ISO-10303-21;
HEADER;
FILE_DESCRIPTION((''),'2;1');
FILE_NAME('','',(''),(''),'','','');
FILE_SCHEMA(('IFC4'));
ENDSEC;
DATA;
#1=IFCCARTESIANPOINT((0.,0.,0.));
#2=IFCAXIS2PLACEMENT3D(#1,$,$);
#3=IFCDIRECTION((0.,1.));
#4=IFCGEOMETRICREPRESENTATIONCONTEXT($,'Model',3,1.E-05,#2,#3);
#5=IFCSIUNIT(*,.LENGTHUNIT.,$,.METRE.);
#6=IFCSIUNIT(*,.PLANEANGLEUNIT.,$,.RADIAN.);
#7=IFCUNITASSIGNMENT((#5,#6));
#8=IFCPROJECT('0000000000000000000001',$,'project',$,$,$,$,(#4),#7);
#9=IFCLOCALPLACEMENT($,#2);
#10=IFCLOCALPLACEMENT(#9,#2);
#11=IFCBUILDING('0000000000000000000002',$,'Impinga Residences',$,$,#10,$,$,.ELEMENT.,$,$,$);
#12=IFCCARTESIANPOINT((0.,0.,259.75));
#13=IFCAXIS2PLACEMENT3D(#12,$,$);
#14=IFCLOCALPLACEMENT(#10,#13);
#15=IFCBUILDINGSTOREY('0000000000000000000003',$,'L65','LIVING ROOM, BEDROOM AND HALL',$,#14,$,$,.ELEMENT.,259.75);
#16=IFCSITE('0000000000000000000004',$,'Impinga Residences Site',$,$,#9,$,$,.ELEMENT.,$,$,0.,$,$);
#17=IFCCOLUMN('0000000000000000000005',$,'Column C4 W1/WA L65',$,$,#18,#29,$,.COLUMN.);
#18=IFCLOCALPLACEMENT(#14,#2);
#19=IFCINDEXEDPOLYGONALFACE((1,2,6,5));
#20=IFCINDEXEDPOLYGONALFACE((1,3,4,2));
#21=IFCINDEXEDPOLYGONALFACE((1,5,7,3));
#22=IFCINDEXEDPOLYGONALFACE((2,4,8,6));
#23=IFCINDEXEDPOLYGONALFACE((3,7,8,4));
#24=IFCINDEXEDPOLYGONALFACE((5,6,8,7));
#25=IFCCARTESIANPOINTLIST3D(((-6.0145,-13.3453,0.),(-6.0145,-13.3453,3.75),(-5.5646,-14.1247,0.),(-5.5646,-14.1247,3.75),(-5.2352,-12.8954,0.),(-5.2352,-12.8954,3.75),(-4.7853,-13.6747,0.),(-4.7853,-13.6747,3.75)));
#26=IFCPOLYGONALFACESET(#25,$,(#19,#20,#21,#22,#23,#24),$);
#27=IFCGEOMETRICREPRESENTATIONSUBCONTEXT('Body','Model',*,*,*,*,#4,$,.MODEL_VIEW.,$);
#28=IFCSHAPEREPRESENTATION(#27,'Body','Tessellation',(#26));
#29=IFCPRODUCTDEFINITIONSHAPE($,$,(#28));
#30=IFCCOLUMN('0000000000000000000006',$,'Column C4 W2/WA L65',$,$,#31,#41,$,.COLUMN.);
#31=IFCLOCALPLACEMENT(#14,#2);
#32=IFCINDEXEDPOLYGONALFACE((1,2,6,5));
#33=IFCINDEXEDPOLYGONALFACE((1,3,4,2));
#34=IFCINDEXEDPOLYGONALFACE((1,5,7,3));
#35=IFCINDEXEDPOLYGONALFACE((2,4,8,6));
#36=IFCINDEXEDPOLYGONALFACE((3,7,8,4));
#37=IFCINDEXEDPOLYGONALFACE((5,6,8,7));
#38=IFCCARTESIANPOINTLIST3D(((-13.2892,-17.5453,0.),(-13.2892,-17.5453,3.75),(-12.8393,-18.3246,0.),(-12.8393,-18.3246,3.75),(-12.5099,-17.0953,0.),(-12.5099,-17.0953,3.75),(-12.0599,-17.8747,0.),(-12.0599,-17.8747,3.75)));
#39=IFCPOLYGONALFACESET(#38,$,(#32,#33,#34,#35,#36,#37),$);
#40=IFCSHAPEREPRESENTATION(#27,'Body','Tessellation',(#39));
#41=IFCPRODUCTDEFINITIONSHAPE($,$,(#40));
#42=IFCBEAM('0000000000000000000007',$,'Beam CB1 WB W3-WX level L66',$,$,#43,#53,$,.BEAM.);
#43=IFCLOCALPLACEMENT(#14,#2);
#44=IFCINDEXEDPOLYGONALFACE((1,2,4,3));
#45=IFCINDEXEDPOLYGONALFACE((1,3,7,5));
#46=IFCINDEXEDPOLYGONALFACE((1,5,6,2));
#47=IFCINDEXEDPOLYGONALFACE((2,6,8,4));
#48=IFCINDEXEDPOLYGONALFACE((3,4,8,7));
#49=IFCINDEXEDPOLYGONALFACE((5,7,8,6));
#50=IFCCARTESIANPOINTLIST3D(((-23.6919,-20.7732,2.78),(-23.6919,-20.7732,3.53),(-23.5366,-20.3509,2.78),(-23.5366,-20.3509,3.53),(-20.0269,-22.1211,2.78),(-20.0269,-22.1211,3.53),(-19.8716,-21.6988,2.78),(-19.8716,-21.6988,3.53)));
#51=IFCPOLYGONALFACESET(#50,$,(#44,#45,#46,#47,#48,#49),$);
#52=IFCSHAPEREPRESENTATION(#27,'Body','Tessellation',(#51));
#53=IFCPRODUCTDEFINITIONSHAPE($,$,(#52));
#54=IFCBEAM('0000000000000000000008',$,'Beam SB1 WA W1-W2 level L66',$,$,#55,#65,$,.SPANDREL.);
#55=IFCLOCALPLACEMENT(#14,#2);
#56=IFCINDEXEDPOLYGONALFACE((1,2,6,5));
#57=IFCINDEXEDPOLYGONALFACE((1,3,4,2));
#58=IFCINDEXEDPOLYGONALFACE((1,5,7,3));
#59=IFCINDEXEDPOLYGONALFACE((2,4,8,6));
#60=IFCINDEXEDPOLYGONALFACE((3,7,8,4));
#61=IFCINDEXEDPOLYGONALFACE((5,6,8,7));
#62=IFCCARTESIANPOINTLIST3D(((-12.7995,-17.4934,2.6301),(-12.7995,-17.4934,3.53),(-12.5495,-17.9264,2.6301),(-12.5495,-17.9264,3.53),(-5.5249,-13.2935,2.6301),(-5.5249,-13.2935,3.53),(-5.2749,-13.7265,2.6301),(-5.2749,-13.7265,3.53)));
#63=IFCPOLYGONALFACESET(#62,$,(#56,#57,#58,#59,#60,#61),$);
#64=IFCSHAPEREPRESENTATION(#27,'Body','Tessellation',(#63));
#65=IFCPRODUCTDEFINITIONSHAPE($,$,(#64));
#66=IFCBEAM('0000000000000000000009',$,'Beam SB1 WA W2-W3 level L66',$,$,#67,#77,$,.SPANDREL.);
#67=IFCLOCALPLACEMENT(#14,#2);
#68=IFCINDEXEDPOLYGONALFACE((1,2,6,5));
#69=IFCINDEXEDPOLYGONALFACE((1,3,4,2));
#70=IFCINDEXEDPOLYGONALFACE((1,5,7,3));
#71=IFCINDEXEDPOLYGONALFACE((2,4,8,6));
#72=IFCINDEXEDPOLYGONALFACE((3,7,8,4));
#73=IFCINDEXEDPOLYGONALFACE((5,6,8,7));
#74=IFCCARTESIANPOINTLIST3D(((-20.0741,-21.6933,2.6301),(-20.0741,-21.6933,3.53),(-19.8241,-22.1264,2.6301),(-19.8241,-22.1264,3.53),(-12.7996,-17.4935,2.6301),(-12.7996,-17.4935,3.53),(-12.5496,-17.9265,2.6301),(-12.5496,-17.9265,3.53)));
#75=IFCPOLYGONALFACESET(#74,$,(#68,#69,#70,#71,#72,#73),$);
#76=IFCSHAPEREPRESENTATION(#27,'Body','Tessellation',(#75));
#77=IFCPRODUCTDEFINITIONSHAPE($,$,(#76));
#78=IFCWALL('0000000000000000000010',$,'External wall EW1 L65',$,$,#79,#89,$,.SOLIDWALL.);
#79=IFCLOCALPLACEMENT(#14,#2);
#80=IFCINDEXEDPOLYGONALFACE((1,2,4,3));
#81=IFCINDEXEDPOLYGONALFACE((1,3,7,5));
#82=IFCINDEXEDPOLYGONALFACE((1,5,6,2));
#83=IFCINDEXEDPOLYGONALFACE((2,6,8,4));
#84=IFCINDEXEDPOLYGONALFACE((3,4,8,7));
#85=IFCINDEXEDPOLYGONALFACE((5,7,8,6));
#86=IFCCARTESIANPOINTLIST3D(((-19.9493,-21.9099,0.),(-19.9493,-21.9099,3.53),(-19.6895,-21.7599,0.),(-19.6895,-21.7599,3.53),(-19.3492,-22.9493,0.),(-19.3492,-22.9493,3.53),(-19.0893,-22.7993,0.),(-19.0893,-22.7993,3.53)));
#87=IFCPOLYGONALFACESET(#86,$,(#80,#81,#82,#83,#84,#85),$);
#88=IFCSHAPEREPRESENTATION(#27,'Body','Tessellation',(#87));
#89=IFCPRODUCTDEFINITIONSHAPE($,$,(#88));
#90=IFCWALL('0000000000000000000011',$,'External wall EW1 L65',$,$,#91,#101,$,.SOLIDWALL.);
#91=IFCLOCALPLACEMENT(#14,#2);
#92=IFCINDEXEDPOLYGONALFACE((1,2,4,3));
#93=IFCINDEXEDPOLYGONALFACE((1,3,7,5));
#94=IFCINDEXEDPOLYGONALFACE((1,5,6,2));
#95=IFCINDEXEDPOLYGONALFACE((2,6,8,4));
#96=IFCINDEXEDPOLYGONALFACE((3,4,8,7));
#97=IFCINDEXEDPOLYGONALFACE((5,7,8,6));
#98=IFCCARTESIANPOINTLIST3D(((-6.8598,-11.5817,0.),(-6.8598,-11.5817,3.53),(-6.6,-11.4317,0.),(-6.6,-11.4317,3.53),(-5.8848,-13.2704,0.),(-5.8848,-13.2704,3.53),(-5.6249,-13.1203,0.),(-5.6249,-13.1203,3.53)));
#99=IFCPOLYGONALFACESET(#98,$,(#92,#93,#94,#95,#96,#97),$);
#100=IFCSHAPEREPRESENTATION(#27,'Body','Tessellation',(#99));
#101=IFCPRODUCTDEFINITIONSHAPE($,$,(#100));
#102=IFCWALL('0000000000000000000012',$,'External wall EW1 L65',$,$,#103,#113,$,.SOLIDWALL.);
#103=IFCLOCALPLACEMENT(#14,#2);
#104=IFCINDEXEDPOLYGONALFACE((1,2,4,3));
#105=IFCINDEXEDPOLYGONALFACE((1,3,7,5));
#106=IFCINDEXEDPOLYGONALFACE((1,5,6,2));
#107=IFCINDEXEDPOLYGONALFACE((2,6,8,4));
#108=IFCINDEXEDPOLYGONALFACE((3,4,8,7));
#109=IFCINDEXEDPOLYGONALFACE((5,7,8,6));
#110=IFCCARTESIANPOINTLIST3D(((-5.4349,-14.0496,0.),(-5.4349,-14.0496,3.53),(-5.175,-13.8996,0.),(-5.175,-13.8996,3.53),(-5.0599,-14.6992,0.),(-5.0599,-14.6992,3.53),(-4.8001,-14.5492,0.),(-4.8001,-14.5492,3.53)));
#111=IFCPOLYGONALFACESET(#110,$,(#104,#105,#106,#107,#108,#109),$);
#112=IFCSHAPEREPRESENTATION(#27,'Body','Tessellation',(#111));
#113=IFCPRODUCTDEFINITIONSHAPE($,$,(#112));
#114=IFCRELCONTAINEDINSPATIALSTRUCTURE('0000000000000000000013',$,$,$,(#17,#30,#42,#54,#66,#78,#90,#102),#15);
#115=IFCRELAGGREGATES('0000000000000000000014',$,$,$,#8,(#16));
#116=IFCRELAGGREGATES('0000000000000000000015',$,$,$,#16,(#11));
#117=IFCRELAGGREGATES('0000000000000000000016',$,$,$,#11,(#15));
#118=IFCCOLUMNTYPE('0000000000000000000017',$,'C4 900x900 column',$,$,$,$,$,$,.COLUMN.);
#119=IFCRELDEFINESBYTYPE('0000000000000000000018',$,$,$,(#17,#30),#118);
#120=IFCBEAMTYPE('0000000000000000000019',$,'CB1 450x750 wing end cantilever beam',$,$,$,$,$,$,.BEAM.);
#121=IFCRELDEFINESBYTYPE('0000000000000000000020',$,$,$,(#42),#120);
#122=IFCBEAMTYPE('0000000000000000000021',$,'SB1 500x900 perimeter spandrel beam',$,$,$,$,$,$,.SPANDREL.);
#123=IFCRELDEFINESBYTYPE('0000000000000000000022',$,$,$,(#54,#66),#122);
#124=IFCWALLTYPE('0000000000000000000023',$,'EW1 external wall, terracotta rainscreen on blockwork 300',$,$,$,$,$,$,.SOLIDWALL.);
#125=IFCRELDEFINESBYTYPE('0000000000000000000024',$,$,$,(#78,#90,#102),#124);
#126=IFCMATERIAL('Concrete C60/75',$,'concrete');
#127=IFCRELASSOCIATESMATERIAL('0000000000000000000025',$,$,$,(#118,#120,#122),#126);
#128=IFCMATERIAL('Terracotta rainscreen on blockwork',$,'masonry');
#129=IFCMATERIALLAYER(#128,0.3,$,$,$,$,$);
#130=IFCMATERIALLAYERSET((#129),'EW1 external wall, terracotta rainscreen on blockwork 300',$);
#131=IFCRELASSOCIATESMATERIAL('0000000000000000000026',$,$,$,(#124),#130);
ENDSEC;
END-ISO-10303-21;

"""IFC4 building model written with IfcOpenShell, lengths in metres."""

from ifc_helpers import new_model, si_unit, direction, frame, frame_2d, origin, origin_2d, place, context, subcontext, project, spatial, rectangle, extrude, material, layer, layer_set, material_profile, profile_set, type_object, element, save


model = new_model("IFC4")

# Units and contexts
model_context = context("Model", 3, precision=1e-05, world=origin(), true_north=direction((0.0, 1.0)))
body_context = subcontext(model_context, "Body", "Model", "MODEL_VIEW")
ifc_project = project(units=[si_unit("LENGTHUNIT", "METRE"), si_unit("PLANEANGLEUNIT", "RADIAN")], contexts=[model_context])

# Site, building, storey
site_placement = place(None, origin())
site = spatial("IfcSite", under=ifc_project, at=site_placement, Name="Impinga Residences Site", CompositionType="ELEMENT", RefElevation=0.0)
building_placement = place(site_placement, origin())
building = spatial("IfcBuilding", under=site, at=building_placement, Name="Impinga Residences", CompositionType="ELEMENT")
storey_placement = place(building_placement, frame((0.0, 0.0, 259.75)))
storey = spatial("IfcBuildingStorey", under=building, at=storey_placement, Name="L65", Description="LIVING ROOM, BEDROOM AND HALL", CompositionType="ELEMENT", Elevation=259.75)

# Columns
ifc_material_1 = material(Name="Concrete C60/75", Category="concrete")
ifc_material_profile_1 = material_profile(ifc_material_1, rectangle(XDim=0.8999, YDim=0.8999, at=origin_2d()), Name="RC 900x900")
ifc_profile_set_1 = profile_set([ifc_material_profile_1], Name="Concrete C60/75")
column_type = type_object("IfcColumnType", Name="C4 900x900 column", PredefinedType="COLUMN", material=ifc_profile_set_1)
for number, where, z_axis, x_axis, name in (
    (1, (-5.3999, -13.51, 0.0), (0.0, 0.0, 1.0), (-0.5, 0.866025, 0.0), "Column C4 W1/WA L65"),
    (2, (-12.6746, -17.71, 0.0), (0.0, 0.0, 1.0), (-0.5, 0.866025, 0.0), "Column C4 W2/WA L65"),
):
    element("IfcColumn", number, at=place(storey_placement, frame(where, z_axis=z_axis, x_axis=x_axis)), inside=storey, type_object=column_type, Name=name, PredefinedType="COLUMN", context=body_context, shape_type="SweptSolid", body=[
        extrude(rectangle(XDim=0.8999, YDim=0.8999, at=origin_2d()), origin(), (0.0, 0.0, 1.0), 3.75),
    ])

# Beams
ifc_material_profile_2 = material_profile(ifc_material_1, rectangle(XDim=0.45, YDim=0.75, at=origin_2d()), Name="RC 450x750")
ifc_profile_set_2 = profile_set([ifc_material_profile_2], Name="Concrete C60/75")
beam_type_1 = type_object("IfcBeamType", Name="CB1 450x750 wing end cantilever beam", PredefinedType="BEAM", material=ifc_profile_set_2)
beam_placement = place(storey_placement, frame((-19.9492, -21.9099, 3.155), z_axis=(-0.93854, 0.345169, 0.0), x_axis=(-0.345169, -0.93854, 0.0)))
element("IfcBeam", 3, at=beam_placement, inside=storey, type_object=beam_type_1, Name="Beam CB1 WB W3-WX level L66", PredefinedType="BEAM", context=body_context, shape_type="SweptSolid", body=[
    extrude(rectangle(XDim=0.45, YDim=0.75, at=origin_2d()), origin(), (0.0, 0.0, 1.0), 3.905),
])
ifc_material_profile_3 = material_profile(ifc_material_1, rectangle(XDim=0.5, YDim=0.8999, at=origin_2d()), Name="RC 500x900")
ifc_profile_set_3 = profile_set([ifc_material_profile_3], Name="Concrete C60/75")
beam_type_2 = type_object("IfcBeamType", Name="SB1 500x900 perimeter spandrel beam", PredefinedType="SPANDREL", material=ifc_profile_set_3)
for number, where, z_axis, x_axis, name in (
    (4, (-5.3999, -13.51, 3.0801), (-0.866029, -0.499993, 0.0), (0.499993, -0.866029, 0.0), "Beam SB1 WA W1-W2 level L66"),
    (5, (-12.6746, -17.71, 3.0801), (-0.866029, -0.499993, 0.0), (0.499993, -0.866029, 0.0), "Beam SB1 WA W2-W3 level L66"),
):
    element("IfcBeam", number, at=place(storey_placement, frame(where, z_axis=z_axis, x_axis=x_axis)), inside=storey, type_object=beam_type_2, Name=name, PredefinedType="SPANDREL", context=body_context, shape_type="SweptSolid", body=[
        extrude(rectangle(XDim=0.5, YDim=0.8999, at=origin_2d()), origin(), (0.0, 0.0, 1.0), 8.3999),
    ])

# Walls
ifc_material_2 = material(Name="Terracotta rainscreen on blockwork", Category="masonry")
ifc_layer_1 = layer(ifc_material_2, 0.3)
ifc_layer_set_1 = layer_set([ifc_layer_1], Name="EW1 external wall, terracotta rainscreen on blockwork 300")
wall_type_1 = type_object("IfcWallType", Name="EW1 external wall, terracotta rainscreen on blockwork 300", PredefinedType="SOLIDWALL", material=ifc_layer_set_1)
wall_1_placement = place(storey_placement, frame((-19.2192, -22.8743, 0.0), z_axis=(0.0, 0.0, 1.0), x_axis=(-0.500034, 0.866006, 0.0)))
element("IfcWall", 6, at=wall_1_placement, inside=storey, type_object=wall_type_1, Name="External wall EW1 L65", PredefinedType="SOLIDWALL", context=body_context, shape_type="SweptSolid", body=[
    extrude(rectangle(XDim=1.2002, YDim=0.3, at=frame_2d((0.6001, 0.0))), origin(), (0.0, 0.0, 1.0), 3.53),
])
wall_2_placement = place(storey_placement, frame((-6.73, -11.5066, 0.0), z_axis=(0.0, 0.0, 1.0), x_axis=(0.500044, -0.866, 0.0)))
element("IfcWall", 7, at=wall_2_placement, inside=storey, type_object=wall_type_1, Name="External wall EW1 L65", PredefinedType="SOLIDWALL", context=body_context, shape_type="SweptSolid", body=[
    extrude(rectangle(XDim=1.95, YDim=0.3, at=frame_2d((0.9751, 0.0))), origin(), (0.0, 0.0, 1.0), 3.53),
])
wall_3_placement = place(storey_placement, frame((-5.3049, -13.9746, 0.0), z_axis=(0.0, 0.0, 1.0), x_axis=(0.49992, -0.866072, 0.0)))
element("IfcWall", 8, at=wall_3_placement, inside=storey, type_object=wall_type_1, Name="External wall EW1 L65", PredefinedType="SOLIDWALL", context=body_context, shape_type="SweptSolid", body=[
    extrude(rectangle(XDim=0.75, YDim=0.3, at=frame_2d((0.375, 0.0))), origin(), (0.0, 0.0, 1.0), 3.53),
])

save(model, "model.ifc")
